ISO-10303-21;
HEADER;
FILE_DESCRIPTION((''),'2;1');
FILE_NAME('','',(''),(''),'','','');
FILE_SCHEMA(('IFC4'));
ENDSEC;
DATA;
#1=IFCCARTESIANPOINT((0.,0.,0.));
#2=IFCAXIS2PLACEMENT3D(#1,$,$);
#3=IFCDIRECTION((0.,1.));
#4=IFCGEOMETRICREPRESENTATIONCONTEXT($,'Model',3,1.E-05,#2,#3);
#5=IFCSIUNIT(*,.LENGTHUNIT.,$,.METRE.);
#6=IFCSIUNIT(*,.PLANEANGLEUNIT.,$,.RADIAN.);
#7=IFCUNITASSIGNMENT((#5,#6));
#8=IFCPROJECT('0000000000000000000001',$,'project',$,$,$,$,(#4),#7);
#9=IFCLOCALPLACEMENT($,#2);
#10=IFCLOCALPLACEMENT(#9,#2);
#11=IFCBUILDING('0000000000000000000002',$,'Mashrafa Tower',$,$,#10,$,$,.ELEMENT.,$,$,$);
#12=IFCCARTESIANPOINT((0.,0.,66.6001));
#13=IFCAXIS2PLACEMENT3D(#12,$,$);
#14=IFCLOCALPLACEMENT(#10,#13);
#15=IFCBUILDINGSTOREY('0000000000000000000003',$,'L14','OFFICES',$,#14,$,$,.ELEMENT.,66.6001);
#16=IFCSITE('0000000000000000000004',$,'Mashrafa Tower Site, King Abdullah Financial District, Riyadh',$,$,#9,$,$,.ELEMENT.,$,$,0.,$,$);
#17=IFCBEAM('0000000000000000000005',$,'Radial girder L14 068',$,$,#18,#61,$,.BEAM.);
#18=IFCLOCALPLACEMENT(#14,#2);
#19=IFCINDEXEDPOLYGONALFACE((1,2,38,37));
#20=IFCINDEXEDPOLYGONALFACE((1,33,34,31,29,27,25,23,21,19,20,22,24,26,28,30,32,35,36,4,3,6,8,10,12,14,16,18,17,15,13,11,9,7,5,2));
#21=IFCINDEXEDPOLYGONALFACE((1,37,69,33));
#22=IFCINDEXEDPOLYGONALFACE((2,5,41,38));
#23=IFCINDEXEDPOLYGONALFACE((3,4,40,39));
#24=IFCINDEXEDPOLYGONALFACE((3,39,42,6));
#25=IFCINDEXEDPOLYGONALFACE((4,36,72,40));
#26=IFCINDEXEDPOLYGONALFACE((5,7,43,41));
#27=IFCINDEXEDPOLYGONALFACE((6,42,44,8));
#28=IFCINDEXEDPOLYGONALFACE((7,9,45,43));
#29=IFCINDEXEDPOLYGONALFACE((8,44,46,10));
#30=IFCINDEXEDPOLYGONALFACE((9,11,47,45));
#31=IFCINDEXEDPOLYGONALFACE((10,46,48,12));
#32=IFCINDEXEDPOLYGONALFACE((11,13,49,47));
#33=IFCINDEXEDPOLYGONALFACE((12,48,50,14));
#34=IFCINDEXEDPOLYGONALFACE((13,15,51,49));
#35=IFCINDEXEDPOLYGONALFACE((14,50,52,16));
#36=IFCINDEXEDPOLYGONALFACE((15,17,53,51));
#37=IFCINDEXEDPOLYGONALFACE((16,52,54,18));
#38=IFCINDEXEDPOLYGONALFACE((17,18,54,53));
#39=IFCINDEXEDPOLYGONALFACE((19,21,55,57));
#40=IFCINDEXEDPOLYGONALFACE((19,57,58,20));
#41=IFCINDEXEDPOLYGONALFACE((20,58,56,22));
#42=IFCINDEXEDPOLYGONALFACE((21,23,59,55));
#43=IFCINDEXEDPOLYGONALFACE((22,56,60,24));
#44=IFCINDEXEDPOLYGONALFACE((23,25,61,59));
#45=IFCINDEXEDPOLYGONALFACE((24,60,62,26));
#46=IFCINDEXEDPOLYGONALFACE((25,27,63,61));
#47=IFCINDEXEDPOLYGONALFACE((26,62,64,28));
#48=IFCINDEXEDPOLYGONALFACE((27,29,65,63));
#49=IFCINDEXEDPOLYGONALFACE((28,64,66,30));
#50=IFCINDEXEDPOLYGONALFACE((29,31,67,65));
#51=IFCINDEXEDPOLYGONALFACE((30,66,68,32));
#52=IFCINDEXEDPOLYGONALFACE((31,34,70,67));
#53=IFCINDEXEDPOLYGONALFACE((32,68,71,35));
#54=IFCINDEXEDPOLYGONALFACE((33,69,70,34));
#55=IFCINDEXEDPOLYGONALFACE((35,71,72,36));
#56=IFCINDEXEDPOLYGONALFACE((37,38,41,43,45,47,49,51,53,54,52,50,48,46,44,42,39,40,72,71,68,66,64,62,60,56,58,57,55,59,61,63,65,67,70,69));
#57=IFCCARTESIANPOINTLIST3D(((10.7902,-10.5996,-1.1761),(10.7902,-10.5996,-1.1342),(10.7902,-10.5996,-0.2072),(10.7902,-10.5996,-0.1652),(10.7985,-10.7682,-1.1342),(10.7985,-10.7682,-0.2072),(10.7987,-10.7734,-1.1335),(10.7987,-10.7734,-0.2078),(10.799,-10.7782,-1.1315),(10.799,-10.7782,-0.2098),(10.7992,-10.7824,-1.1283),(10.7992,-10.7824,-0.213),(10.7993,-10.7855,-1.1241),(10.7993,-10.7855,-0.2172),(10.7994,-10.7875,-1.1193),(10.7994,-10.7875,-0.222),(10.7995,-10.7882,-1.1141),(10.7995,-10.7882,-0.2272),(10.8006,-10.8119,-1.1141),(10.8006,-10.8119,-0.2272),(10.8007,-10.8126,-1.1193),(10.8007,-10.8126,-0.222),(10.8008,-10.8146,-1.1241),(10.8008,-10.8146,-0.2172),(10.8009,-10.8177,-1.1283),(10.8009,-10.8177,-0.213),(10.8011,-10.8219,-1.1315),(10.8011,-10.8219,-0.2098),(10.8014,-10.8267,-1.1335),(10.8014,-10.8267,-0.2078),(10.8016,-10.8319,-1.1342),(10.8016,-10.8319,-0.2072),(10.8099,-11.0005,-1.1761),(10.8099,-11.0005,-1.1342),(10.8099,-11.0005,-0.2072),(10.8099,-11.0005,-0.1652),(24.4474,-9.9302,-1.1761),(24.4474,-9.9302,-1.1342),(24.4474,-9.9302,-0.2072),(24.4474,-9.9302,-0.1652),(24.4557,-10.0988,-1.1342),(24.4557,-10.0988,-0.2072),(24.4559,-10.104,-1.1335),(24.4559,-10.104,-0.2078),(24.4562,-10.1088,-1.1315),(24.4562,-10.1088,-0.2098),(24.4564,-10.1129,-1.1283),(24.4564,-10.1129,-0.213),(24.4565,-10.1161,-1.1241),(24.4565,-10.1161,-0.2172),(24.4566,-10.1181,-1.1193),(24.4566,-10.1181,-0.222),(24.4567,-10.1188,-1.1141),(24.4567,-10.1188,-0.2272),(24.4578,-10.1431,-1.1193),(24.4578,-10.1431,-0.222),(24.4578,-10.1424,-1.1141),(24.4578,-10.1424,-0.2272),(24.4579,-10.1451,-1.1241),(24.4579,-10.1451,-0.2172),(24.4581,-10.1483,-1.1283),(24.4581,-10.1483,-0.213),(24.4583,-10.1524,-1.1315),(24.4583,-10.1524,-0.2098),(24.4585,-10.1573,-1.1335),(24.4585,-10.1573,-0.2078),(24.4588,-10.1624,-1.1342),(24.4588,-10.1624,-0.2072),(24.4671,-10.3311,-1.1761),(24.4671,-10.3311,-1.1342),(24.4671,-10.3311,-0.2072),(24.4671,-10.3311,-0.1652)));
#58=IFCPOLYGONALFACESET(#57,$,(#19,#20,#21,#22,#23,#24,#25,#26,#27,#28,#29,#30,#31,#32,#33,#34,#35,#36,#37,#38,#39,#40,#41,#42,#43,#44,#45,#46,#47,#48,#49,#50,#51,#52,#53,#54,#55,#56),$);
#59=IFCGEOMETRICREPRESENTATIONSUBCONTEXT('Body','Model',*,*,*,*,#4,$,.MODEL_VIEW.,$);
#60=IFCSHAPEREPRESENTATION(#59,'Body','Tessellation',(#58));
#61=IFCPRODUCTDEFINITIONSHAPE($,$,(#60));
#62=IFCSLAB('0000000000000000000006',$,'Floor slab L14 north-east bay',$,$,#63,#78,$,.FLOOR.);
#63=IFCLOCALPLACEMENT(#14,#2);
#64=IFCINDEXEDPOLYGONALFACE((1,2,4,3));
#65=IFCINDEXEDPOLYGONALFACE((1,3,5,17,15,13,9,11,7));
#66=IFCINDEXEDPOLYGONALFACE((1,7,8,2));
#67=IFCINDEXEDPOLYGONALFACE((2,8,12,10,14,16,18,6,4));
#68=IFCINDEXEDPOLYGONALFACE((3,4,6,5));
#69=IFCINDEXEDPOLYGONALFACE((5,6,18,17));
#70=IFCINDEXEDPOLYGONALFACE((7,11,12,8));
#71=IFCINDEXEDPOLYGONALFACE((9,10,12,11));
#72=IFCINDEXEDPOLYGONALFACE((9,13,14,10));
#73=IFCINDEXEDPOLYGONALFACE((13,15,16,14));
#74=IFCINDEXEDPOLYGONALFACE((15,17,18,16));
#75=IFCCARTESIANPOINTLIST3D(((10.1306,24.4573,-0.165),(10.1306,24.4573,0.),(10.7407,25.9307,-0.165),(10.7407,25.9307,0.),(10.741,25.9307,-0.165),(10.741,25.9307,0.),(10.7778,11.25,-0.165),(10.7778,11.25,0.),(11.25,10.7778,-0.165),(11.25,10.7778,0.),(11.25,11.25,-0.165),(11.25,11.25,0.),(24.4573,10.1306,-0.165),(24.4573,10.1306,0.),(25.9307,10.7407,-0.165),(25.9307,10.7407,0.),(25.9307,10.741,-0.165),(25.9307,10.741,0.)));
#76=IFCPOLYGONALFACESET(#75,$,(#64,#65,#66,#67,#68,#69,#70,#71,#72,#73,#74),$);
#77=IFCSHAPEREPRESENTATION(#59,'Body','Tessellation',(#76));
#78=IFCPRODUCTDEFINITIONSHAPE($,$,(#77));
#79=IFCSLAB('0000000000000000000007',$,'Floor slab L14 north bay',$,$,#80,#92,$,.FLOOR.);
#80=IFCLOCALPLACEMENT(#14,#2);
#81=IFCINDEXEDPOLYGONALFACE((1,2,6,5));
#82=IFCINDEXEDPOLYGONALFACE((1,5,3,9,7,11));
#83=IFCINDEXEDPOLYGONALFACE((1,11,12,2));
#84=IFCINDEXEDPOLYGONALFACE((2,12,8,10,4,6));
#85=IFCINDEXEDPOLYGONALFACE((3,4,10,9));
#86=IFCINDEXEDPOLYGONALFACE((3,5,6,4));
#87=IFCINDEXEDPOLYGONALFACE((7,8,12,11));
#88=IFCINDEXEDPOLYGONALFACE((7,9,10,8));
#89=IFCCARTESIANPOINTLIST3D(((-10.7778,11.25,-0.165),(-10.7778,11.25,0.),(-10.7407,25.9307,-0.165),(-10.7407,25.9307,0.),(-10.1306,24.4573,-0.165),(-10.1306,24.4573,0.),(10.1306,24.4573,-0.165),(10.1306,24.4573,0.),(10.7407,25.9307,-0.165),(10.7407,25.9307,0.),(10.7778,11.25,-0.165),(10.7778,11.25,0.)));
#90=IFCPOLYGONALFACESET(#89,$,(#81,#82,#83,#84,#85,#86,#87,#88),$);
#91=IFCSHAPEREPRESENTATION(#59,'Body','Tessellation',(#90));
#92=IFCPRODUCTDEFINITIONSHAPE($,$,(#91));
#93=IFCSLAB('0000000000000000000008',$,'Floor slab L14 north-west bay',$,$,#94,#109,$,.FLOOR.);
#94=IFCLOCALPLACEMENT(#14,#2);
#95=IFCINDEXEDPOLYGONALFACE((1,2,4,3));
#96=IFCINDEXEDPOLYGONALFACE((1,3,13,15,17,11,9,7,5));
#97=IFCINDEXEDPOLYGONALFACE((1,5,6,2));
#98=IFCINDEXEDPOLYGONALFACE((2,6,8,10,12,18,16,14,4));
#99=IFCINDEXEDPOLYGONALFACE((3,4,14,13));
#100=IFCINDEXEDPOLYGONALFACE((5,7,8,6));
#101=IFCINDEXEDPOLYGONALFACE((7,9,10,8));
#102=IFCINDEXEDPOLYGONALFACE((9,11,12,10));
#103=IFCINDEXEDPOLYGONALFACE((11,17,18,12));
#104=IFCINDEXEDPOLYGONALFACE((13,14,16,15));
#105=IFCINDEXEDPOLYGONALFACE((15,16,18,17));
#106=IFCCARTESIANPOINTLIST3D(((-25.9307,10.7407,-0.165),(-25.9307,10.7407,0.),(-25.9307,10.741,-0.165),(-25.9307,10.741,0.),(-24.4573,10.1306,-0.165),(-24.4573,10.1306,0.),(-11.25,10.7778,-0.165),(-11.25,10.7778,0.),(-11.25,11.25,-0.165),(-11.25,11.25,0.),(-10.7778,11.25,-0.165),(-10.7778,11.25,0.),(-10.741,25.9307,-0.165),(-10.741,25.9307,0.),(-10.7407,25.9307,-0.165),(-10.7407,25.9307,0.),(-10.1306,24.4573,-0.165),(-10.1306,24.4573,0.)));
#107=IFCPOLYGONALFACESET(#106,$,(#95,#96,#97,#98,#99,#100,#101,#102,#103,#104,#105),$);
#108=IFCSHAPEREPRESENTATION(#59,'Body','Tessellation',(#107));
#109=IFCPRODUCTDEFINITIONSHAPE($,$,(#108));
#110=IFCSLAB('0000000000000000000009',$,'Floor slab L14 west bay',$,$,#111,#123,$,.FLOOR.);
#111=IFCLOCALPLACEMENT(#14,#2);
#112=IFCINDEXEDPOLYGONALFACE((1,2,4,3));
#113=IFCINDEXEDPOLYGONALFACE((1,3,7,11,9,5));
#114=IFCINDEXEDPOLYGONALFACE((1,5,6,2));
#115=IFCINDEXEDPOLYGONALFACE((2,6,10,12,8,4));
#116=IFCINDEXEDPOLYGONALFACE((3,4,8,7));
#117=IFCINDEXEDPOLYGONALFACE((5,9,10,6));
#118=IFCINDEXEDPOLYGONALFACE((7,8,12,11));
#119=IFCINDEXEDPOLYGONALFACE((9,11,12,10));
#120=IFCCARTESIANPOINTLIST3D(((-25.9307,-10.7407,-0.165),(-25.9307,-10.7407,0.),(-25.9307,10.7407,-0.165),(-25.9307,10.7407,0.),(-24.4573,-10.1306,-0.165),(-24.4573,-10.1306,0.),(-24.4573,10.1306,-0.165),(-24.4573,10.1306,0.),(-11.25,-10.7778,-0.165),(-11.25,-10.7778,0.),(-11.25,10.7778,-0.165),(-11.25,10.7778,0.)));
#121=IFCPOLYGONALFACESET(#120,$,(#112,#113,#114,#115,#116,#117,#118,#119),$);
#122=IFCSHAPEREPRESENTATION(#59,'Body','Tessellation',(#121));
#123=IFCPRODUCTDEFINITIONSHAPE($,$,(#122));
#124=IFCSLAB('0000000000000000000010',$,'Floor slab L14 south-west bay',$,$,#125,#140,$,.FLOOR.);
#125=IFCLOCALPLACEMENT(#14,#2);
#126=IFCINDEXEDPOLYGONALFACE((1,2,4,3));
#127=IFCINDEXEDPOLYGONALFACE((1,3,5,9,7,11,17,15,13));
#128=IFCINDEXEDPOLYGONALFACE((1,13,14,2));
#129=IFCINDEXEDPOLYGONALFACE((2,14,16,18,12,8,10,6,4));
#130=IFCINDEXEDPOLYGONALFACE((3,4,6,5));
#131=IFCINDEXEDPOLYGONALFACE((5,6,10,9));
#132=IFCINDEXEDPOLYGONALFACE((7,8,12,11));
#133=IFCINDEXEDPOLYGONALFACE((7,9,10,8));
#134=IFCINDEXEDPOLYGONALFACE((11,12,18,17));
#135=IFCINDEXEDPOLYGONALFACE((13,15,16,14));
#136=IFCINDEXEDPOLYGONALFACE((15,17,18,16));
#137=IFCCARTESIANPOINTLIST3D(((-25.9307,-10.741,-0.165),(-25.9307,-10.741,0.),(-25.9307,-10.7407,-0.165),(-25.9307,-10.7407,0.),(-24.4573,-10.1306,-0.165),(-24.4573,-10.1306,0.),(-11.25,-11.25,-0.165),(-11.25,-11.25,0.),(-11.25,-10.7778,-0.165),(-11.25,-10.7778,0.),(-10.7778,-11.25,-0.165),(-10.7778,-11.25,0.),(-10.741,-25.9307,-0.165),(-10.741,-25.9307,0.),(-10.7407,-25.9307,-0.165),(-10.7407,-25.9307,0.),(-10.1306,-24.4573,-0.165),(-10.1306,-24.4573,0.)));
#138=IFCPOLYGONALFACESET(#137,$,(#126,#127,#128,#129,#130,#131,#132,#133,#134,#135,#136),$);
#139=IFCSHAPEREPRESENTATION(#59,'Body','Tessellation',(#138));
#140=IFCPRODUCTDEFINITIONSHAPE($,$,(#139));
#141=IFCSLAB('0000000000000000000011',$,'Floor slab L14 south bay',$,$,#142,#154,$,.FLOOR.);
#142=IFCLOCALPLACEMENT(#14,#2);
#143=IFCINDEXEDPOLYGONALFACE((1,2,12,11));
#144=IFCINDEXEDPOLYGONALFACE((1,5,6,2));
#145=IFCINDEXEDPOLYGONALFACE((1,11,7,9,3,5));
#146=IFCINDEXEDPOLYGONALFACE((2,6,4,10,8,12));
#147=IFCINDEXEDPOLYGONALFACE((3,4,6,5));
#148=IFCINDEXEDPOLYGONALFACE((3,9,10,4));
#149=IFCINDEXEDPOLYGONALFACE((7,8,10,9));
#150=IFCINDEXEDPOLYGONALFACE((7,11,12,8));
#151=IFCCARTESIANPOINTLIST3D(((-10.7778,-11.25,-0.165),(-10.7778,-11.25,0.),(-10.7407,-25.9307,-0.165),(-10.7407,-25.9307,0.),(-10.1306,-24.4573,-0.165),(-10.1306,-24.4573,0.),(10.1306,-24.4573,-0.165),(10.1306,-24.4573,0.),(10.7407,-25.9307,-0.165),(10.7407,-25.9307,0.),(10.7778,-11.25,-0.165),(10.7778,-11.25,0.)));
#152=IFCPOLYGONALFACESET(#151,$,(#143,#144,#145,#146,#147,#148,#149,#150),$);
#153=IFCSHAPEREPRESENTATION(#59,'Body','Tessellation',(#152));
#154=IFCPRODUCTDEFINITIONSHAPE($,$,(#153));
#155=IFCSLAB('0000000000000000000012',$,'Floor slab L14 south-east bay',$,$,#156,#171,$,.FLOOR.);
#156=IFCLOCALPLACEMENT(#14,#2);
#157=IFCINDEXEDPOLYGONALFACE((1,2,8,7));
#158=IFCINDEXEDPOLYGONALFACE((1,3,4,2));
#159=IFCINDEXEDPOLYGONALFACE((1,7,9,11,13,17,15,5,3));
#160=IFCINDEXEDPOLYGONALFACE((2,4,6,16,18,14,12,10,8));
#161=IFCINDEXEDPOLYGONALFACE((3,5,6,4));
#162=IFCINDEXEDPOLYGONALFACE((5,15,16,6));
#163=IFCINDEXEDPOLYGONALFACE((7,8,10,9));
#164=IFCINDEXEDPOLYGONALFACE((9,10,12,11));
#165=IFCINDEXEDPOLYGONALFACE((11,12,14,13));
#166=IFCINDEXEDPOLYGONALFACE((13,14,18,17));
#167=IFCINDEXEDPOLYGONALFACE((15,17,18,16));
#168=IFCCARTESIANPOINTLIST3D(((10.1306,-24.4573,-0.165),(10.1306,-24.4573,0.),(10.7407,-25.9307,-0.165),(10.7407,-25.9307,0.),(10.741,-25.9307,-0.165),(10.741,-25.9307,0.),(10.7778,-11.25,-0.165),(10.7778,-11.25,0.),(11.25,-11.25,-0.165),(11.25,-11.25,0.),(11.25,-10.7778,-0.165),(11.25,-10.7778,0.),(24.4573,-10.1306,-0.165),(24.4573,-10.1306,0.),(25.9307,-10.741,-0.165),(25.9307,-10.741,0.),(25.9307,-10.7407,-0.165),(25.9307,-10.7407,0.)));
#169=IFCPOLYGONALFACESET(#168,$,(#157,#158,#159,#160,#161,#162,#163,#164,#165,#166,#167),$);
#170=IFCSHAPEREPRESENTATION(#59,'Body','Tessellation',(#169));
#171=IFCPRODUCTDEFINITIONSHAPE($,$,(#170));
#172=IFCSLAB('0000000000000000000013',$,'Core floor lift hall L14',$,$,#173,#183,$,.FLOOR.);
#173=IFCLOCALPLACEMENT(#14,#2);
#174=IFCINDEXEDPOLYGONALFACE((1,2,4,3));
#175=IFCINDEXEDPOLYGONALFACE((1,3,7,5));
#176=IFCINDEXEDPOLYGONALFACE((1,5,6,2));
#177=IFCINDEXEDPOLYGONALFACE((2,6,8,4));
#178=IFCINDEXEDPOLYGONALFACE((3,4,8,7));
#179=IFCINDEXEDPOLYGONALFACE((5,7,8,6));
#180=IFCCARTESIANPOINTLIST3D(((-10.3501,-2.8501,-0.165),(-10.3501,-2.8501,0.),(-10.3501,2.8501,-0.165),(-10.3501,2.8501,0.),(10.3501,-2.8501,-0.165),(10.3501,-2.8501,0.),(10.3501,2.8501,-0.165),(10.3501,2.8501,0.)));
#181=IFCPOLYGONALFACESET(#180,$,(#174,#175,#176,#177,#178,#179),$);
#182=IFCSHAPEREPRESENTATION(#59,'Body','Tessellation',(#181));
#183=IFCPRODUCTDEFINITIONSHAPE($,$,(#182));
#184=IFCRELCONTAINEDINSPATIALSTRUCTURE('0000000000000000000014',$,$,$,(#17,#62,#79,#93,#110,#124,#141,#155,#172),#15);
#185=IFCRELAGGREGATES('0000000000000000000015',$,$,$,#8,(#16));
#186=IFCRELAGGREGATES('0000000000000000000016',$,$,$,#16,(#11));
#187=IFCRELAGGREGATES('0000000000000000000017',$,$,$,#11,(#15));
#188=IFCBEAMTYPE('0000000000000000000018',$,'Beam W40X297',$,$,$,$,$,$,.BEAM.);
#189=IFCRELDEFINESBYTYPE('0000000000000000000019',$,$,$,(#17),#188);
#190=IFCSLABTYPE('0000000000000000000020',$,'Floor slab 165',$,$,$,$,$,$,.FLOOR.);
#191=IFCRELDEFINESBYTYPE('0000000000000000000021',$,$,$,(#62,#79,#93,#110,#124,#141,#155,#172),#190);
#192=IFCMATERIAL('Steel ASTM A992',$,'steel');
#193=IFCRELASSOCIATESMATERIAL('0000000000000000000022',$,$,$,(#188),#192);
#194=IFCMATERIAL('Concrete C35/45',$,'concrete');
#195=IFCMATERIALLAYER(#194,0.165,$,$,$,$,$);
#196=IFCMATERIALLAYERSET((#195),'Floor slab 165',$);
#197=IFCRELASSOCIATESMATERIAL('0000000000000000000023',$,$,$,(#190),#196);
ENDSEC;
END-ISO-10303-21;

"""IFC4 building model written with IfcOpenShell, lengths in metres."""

from ifc_helpers import new_model, si_unit, direction, frame, origin, origin_2d, place, context, subcontext, project, spatial, polyline, i_section, outline, extrude, material, layer, layer_set, material_profile, profile_set, type_object, element, save


model = new_model("IFC4")

# Units and contexts
model_context = context("Model", 3, precision=1e-05, world=origin(), true_north=direction((0.0, 1.0)))
body_context = subcontext(model_context, "Body", "Model", "MODEL_VIEW")
ifc_project = project(units=[si_unit("LENGTHUNIT", "METRE"), si_unit("PLANEANGLEUNIT", "RADIAN")], contexts=[model_context])

# Site, building, storey
site_placement = place(None, origin())
site = spatial("IfcSite", under=ifc_project, at=site_placement, Name="Mashrafa Tower Site, King Abdullah Financial District, Riyadh", CompositionType="ELEMENT", RefElevation=0.0)
building_placement = place(site_placement, origin())
building = spatial("IfcBuilding", under=site, at=building_placement, Name="Mashrafa Tower", CompositionType="ELEMENT")
storey_placement = place(building_placement, frame((0.0, 0.0, 66.6001)))
storey = spatial("IfcBuildingStorey", under=building, at=storey_placement, Name="L14", Description="OFFICES", CompositionType="ELEMENT", Elevation=66.6001)

# Beam
ifc_material_1 = material(Name="Steel ASTM A992", Category="steel")
ifc_material_profile = material_profile(ifc_material_1, i_section(OverallWidth=0.4014, OverallDepth=1.011, WebThickness=0.0237, FlangeThickness=0.042, FilletRadius=0.02, at=origin_2d()), Name="W40X297")
ifc_profile_set = profile_set([ifc_material_profile], Name="Steel ASTM A992")
beam_type = type_object("IfcBeamType", Name="Beam W40X297", PredefinedType="BEAM", material=ifc_profile_set)
beam_placement = place(storey_placement, frame((10.8, -10.8, -0.6707), z_axis=(0.998801, 0.048958, 0.0), x_axis=(-0.048958, 0.998801, 0.0)))
element("IfcBeam", 1, at=beam_placement, inside=storey, type_object=beam_type, Name="Radial girder L14 068", PredefinedType="BEAM", context=body_context, shape_type="SweptSolid", body=[
    extrude(i_section(OverallWidth=0.4014, OverallDepth=1.011, WebThickness=0.0237, FlangeThickness=0.042, FilletRadius=0.02, at=origin_2d()), origin(), (0.0, 0.0, 1.0), 13.6736),
])

# Slabs
ifc_material_2 = material(Name="Concrete C35/45", Category="concrete")
ifc_layer_1 = layer(ifc_material_2, 0.165)
ifc_layer_set_1 = layer_set([ifc_layer_1], Name="Floor slab 165")
slab_type_1 = type_object("IfcSlabType", Name="Floor slab 165", PredefinedType="FLOOR", material=ifc_layer_set_1)
slab_1_placement = place(storey_placement, frame((0.0, 0.0, -0.165)))
element("IfcSlab", 2, at=slab_1_placement, inside=storey, type_object=slab_type_1, Name="Floor slab L14 north-east bay", PredefinedType="FLOOR", context=body_context, shape_type="SweptSolid", body=[
    extrude(outline(polyline([(10.741, 25.9307), (25.9307, 10.741), (25.9307, 10.7407), (24.4573, 10.1306), (11.25, 10.7778), (11.25, 11.25), (10.7778, 11.25), (10.1306, 24.4573), (10.7407, 25.9307), (10.741, 25.9307)])), origin(), (0.0, 0.0, 1.0), 0.165),
])
slab_2_placement = place(storey_placement, frame((0.0, 0.0, -0.165)))
element("IfcSlab", 3, at=slab_2_placement, inside=storey, type_object=slab_type_1, Name="Floor slab L14 north bay", PredefinedType="FLOOR", context=body_context, shape_type="SweptSolid", body=[
    extrude(outline(polyline([(10.7407, 25.9307), (10.1306, 24.4573), (10.7778, 11.25), (-10.7778, 11.25), (-10.1306, 24.4573), (-10.7407, 25.9307), (10.7407, 25.9307)])), origin(), (0.0, 0.0, 1.0), 0.165),
])
slab_3_placement = place(storey_placement, frame((0.0, 0.0, -0.165)))
element("IfcSlab", 4, at=slab_3_placement, inside=storey, type_object=slab_type_1, Name="Floor slab L14 north-west bay", PredefinedType="FLOOR", context=body_context, shape_type="SweptSolid", body=[
    extrude(outline(polyline([(-25.9307, 10.741), (-10.741, 25.9307), (-10.7407, 25.9307), (-10.1306, 24.4573), (-10.7778, 11.25), (-11.25, 11.25), (-11.25, 10.7778), (-24.4573, 10.1306), (-25.9307, 10.7407), (-25.9307, 10.741)])), origin(), (0.0, 0.0, 1.0), 0.165),
])
slab_4_placement = place(storey_placement, frame((0.0, 0.0, -0.165)))
element("IfcSlab", 5, at=slab_4_placement, inside=storey, type_object=slab_type_1, Name="Floor slab L14 west bay", PredefinedType="FLOOR", context=body_context, shape_type="SweptSolid", body=[
    extrude(outline(polyline([(-25.9307, 10.7407), (-24.4573, 10.1306), (-11.25, 10.7778), (-11.25, -10.7778), (-24.4573, -10.1306), (-25.9307, -10.7407), (-25.9307, 10.7407)])), origin(), (0.0, 0.0, 1.0), 0.165),
])
slab_5_placement = place(storey_placement, frame((0.0, 0.0, -0.165)))
element("IfcSlab", 6, at=slab_5_placement, inside=storey, type_object=slab_type_1, Name="Floor slab L14 south-west bay", PredefinedType="FLOOR", context=body_context, shape_type="SweptSolid", body=[
    extrude(outline(polyline([(-10.741, -25.9307), (-25.9307, -10.741), (-25.9307, -10.7407), (-24.4573, -10.1306), (-11.25, -10.7778), (-11.25, -11.25), (-10.7778, -11.25), (-10.1306, -24.4573), (-10.7407, -25.9307), (-10.741, -25.9307)])), origin(), (0.0, 0.0, 1.0), 0.165),
])
slab_6_placement = place(storey_placement, frame((0.0, 0.0, -0.165)))
element("IfcSlab", 7, at=slab_6_placement, inside=storey, type_object=slab_type_1, Name="Floor slab L14 south bay", PredefinedType="FLOOR", context=body_context, shape_type="SweptSolid", body=[
    extrude(outline(polyline([(-10.7407, -25.9307), (-10.1306, -24.4573), (-10.7778, -11.25), (10.7778, -11.25), (10.1306, -24.4573), (10.7407, -25.9307), (-10.7407, -25.9307)])), origin(), (0.0, 0.0, 1.0), 0.165),
])
slab_7_placement = place(storey_placement, frame((0.0, 0.0, -0.165)))
element("IfcSlab", 8, at=slab_7_placement, inside=storey, type_object=slab_type_1, Name="Floor slab L14 south-east bay", PredefinedType="FLOOR", context=body_context, shape_type="SweptSolid", body=[
    extrude(outline(polyline([(10.7407, -25.9307), (10.1306, -24.4573), (10.7778, -11.25), (11.25, -11.25), (11.25, -10.7778), (24.4573, -10.1306), (25.9307, -10.7407), (25.9307, -10.741), (10.741, -25.9307), (10.7407, -25.9307)])), origin(), (0.0, 0.0, 1.0), 0.165),
])
slab_8_placement = place(storey_placement, frame((0.0, 0.0, -0.165)))
element("IfcSlab", 9, at=slab_8_placement, inside=storey, type_object=slab_type_1, Name="Core floor lift hall L14", PredefinedType="FLOOR", context=body_context, shape_type="SweptSolid", body=[
    extrude(outline(polyline([(-10.3501, 2.8501), (10.3501, 2.8501), (10.3501, -2.8501), (-10.3501, -2.8501), (-10.3501, 2.8501)])), origin(), (0.0, 0.0, 1.0), 0.165),
])

save(model, "model.ifc")
